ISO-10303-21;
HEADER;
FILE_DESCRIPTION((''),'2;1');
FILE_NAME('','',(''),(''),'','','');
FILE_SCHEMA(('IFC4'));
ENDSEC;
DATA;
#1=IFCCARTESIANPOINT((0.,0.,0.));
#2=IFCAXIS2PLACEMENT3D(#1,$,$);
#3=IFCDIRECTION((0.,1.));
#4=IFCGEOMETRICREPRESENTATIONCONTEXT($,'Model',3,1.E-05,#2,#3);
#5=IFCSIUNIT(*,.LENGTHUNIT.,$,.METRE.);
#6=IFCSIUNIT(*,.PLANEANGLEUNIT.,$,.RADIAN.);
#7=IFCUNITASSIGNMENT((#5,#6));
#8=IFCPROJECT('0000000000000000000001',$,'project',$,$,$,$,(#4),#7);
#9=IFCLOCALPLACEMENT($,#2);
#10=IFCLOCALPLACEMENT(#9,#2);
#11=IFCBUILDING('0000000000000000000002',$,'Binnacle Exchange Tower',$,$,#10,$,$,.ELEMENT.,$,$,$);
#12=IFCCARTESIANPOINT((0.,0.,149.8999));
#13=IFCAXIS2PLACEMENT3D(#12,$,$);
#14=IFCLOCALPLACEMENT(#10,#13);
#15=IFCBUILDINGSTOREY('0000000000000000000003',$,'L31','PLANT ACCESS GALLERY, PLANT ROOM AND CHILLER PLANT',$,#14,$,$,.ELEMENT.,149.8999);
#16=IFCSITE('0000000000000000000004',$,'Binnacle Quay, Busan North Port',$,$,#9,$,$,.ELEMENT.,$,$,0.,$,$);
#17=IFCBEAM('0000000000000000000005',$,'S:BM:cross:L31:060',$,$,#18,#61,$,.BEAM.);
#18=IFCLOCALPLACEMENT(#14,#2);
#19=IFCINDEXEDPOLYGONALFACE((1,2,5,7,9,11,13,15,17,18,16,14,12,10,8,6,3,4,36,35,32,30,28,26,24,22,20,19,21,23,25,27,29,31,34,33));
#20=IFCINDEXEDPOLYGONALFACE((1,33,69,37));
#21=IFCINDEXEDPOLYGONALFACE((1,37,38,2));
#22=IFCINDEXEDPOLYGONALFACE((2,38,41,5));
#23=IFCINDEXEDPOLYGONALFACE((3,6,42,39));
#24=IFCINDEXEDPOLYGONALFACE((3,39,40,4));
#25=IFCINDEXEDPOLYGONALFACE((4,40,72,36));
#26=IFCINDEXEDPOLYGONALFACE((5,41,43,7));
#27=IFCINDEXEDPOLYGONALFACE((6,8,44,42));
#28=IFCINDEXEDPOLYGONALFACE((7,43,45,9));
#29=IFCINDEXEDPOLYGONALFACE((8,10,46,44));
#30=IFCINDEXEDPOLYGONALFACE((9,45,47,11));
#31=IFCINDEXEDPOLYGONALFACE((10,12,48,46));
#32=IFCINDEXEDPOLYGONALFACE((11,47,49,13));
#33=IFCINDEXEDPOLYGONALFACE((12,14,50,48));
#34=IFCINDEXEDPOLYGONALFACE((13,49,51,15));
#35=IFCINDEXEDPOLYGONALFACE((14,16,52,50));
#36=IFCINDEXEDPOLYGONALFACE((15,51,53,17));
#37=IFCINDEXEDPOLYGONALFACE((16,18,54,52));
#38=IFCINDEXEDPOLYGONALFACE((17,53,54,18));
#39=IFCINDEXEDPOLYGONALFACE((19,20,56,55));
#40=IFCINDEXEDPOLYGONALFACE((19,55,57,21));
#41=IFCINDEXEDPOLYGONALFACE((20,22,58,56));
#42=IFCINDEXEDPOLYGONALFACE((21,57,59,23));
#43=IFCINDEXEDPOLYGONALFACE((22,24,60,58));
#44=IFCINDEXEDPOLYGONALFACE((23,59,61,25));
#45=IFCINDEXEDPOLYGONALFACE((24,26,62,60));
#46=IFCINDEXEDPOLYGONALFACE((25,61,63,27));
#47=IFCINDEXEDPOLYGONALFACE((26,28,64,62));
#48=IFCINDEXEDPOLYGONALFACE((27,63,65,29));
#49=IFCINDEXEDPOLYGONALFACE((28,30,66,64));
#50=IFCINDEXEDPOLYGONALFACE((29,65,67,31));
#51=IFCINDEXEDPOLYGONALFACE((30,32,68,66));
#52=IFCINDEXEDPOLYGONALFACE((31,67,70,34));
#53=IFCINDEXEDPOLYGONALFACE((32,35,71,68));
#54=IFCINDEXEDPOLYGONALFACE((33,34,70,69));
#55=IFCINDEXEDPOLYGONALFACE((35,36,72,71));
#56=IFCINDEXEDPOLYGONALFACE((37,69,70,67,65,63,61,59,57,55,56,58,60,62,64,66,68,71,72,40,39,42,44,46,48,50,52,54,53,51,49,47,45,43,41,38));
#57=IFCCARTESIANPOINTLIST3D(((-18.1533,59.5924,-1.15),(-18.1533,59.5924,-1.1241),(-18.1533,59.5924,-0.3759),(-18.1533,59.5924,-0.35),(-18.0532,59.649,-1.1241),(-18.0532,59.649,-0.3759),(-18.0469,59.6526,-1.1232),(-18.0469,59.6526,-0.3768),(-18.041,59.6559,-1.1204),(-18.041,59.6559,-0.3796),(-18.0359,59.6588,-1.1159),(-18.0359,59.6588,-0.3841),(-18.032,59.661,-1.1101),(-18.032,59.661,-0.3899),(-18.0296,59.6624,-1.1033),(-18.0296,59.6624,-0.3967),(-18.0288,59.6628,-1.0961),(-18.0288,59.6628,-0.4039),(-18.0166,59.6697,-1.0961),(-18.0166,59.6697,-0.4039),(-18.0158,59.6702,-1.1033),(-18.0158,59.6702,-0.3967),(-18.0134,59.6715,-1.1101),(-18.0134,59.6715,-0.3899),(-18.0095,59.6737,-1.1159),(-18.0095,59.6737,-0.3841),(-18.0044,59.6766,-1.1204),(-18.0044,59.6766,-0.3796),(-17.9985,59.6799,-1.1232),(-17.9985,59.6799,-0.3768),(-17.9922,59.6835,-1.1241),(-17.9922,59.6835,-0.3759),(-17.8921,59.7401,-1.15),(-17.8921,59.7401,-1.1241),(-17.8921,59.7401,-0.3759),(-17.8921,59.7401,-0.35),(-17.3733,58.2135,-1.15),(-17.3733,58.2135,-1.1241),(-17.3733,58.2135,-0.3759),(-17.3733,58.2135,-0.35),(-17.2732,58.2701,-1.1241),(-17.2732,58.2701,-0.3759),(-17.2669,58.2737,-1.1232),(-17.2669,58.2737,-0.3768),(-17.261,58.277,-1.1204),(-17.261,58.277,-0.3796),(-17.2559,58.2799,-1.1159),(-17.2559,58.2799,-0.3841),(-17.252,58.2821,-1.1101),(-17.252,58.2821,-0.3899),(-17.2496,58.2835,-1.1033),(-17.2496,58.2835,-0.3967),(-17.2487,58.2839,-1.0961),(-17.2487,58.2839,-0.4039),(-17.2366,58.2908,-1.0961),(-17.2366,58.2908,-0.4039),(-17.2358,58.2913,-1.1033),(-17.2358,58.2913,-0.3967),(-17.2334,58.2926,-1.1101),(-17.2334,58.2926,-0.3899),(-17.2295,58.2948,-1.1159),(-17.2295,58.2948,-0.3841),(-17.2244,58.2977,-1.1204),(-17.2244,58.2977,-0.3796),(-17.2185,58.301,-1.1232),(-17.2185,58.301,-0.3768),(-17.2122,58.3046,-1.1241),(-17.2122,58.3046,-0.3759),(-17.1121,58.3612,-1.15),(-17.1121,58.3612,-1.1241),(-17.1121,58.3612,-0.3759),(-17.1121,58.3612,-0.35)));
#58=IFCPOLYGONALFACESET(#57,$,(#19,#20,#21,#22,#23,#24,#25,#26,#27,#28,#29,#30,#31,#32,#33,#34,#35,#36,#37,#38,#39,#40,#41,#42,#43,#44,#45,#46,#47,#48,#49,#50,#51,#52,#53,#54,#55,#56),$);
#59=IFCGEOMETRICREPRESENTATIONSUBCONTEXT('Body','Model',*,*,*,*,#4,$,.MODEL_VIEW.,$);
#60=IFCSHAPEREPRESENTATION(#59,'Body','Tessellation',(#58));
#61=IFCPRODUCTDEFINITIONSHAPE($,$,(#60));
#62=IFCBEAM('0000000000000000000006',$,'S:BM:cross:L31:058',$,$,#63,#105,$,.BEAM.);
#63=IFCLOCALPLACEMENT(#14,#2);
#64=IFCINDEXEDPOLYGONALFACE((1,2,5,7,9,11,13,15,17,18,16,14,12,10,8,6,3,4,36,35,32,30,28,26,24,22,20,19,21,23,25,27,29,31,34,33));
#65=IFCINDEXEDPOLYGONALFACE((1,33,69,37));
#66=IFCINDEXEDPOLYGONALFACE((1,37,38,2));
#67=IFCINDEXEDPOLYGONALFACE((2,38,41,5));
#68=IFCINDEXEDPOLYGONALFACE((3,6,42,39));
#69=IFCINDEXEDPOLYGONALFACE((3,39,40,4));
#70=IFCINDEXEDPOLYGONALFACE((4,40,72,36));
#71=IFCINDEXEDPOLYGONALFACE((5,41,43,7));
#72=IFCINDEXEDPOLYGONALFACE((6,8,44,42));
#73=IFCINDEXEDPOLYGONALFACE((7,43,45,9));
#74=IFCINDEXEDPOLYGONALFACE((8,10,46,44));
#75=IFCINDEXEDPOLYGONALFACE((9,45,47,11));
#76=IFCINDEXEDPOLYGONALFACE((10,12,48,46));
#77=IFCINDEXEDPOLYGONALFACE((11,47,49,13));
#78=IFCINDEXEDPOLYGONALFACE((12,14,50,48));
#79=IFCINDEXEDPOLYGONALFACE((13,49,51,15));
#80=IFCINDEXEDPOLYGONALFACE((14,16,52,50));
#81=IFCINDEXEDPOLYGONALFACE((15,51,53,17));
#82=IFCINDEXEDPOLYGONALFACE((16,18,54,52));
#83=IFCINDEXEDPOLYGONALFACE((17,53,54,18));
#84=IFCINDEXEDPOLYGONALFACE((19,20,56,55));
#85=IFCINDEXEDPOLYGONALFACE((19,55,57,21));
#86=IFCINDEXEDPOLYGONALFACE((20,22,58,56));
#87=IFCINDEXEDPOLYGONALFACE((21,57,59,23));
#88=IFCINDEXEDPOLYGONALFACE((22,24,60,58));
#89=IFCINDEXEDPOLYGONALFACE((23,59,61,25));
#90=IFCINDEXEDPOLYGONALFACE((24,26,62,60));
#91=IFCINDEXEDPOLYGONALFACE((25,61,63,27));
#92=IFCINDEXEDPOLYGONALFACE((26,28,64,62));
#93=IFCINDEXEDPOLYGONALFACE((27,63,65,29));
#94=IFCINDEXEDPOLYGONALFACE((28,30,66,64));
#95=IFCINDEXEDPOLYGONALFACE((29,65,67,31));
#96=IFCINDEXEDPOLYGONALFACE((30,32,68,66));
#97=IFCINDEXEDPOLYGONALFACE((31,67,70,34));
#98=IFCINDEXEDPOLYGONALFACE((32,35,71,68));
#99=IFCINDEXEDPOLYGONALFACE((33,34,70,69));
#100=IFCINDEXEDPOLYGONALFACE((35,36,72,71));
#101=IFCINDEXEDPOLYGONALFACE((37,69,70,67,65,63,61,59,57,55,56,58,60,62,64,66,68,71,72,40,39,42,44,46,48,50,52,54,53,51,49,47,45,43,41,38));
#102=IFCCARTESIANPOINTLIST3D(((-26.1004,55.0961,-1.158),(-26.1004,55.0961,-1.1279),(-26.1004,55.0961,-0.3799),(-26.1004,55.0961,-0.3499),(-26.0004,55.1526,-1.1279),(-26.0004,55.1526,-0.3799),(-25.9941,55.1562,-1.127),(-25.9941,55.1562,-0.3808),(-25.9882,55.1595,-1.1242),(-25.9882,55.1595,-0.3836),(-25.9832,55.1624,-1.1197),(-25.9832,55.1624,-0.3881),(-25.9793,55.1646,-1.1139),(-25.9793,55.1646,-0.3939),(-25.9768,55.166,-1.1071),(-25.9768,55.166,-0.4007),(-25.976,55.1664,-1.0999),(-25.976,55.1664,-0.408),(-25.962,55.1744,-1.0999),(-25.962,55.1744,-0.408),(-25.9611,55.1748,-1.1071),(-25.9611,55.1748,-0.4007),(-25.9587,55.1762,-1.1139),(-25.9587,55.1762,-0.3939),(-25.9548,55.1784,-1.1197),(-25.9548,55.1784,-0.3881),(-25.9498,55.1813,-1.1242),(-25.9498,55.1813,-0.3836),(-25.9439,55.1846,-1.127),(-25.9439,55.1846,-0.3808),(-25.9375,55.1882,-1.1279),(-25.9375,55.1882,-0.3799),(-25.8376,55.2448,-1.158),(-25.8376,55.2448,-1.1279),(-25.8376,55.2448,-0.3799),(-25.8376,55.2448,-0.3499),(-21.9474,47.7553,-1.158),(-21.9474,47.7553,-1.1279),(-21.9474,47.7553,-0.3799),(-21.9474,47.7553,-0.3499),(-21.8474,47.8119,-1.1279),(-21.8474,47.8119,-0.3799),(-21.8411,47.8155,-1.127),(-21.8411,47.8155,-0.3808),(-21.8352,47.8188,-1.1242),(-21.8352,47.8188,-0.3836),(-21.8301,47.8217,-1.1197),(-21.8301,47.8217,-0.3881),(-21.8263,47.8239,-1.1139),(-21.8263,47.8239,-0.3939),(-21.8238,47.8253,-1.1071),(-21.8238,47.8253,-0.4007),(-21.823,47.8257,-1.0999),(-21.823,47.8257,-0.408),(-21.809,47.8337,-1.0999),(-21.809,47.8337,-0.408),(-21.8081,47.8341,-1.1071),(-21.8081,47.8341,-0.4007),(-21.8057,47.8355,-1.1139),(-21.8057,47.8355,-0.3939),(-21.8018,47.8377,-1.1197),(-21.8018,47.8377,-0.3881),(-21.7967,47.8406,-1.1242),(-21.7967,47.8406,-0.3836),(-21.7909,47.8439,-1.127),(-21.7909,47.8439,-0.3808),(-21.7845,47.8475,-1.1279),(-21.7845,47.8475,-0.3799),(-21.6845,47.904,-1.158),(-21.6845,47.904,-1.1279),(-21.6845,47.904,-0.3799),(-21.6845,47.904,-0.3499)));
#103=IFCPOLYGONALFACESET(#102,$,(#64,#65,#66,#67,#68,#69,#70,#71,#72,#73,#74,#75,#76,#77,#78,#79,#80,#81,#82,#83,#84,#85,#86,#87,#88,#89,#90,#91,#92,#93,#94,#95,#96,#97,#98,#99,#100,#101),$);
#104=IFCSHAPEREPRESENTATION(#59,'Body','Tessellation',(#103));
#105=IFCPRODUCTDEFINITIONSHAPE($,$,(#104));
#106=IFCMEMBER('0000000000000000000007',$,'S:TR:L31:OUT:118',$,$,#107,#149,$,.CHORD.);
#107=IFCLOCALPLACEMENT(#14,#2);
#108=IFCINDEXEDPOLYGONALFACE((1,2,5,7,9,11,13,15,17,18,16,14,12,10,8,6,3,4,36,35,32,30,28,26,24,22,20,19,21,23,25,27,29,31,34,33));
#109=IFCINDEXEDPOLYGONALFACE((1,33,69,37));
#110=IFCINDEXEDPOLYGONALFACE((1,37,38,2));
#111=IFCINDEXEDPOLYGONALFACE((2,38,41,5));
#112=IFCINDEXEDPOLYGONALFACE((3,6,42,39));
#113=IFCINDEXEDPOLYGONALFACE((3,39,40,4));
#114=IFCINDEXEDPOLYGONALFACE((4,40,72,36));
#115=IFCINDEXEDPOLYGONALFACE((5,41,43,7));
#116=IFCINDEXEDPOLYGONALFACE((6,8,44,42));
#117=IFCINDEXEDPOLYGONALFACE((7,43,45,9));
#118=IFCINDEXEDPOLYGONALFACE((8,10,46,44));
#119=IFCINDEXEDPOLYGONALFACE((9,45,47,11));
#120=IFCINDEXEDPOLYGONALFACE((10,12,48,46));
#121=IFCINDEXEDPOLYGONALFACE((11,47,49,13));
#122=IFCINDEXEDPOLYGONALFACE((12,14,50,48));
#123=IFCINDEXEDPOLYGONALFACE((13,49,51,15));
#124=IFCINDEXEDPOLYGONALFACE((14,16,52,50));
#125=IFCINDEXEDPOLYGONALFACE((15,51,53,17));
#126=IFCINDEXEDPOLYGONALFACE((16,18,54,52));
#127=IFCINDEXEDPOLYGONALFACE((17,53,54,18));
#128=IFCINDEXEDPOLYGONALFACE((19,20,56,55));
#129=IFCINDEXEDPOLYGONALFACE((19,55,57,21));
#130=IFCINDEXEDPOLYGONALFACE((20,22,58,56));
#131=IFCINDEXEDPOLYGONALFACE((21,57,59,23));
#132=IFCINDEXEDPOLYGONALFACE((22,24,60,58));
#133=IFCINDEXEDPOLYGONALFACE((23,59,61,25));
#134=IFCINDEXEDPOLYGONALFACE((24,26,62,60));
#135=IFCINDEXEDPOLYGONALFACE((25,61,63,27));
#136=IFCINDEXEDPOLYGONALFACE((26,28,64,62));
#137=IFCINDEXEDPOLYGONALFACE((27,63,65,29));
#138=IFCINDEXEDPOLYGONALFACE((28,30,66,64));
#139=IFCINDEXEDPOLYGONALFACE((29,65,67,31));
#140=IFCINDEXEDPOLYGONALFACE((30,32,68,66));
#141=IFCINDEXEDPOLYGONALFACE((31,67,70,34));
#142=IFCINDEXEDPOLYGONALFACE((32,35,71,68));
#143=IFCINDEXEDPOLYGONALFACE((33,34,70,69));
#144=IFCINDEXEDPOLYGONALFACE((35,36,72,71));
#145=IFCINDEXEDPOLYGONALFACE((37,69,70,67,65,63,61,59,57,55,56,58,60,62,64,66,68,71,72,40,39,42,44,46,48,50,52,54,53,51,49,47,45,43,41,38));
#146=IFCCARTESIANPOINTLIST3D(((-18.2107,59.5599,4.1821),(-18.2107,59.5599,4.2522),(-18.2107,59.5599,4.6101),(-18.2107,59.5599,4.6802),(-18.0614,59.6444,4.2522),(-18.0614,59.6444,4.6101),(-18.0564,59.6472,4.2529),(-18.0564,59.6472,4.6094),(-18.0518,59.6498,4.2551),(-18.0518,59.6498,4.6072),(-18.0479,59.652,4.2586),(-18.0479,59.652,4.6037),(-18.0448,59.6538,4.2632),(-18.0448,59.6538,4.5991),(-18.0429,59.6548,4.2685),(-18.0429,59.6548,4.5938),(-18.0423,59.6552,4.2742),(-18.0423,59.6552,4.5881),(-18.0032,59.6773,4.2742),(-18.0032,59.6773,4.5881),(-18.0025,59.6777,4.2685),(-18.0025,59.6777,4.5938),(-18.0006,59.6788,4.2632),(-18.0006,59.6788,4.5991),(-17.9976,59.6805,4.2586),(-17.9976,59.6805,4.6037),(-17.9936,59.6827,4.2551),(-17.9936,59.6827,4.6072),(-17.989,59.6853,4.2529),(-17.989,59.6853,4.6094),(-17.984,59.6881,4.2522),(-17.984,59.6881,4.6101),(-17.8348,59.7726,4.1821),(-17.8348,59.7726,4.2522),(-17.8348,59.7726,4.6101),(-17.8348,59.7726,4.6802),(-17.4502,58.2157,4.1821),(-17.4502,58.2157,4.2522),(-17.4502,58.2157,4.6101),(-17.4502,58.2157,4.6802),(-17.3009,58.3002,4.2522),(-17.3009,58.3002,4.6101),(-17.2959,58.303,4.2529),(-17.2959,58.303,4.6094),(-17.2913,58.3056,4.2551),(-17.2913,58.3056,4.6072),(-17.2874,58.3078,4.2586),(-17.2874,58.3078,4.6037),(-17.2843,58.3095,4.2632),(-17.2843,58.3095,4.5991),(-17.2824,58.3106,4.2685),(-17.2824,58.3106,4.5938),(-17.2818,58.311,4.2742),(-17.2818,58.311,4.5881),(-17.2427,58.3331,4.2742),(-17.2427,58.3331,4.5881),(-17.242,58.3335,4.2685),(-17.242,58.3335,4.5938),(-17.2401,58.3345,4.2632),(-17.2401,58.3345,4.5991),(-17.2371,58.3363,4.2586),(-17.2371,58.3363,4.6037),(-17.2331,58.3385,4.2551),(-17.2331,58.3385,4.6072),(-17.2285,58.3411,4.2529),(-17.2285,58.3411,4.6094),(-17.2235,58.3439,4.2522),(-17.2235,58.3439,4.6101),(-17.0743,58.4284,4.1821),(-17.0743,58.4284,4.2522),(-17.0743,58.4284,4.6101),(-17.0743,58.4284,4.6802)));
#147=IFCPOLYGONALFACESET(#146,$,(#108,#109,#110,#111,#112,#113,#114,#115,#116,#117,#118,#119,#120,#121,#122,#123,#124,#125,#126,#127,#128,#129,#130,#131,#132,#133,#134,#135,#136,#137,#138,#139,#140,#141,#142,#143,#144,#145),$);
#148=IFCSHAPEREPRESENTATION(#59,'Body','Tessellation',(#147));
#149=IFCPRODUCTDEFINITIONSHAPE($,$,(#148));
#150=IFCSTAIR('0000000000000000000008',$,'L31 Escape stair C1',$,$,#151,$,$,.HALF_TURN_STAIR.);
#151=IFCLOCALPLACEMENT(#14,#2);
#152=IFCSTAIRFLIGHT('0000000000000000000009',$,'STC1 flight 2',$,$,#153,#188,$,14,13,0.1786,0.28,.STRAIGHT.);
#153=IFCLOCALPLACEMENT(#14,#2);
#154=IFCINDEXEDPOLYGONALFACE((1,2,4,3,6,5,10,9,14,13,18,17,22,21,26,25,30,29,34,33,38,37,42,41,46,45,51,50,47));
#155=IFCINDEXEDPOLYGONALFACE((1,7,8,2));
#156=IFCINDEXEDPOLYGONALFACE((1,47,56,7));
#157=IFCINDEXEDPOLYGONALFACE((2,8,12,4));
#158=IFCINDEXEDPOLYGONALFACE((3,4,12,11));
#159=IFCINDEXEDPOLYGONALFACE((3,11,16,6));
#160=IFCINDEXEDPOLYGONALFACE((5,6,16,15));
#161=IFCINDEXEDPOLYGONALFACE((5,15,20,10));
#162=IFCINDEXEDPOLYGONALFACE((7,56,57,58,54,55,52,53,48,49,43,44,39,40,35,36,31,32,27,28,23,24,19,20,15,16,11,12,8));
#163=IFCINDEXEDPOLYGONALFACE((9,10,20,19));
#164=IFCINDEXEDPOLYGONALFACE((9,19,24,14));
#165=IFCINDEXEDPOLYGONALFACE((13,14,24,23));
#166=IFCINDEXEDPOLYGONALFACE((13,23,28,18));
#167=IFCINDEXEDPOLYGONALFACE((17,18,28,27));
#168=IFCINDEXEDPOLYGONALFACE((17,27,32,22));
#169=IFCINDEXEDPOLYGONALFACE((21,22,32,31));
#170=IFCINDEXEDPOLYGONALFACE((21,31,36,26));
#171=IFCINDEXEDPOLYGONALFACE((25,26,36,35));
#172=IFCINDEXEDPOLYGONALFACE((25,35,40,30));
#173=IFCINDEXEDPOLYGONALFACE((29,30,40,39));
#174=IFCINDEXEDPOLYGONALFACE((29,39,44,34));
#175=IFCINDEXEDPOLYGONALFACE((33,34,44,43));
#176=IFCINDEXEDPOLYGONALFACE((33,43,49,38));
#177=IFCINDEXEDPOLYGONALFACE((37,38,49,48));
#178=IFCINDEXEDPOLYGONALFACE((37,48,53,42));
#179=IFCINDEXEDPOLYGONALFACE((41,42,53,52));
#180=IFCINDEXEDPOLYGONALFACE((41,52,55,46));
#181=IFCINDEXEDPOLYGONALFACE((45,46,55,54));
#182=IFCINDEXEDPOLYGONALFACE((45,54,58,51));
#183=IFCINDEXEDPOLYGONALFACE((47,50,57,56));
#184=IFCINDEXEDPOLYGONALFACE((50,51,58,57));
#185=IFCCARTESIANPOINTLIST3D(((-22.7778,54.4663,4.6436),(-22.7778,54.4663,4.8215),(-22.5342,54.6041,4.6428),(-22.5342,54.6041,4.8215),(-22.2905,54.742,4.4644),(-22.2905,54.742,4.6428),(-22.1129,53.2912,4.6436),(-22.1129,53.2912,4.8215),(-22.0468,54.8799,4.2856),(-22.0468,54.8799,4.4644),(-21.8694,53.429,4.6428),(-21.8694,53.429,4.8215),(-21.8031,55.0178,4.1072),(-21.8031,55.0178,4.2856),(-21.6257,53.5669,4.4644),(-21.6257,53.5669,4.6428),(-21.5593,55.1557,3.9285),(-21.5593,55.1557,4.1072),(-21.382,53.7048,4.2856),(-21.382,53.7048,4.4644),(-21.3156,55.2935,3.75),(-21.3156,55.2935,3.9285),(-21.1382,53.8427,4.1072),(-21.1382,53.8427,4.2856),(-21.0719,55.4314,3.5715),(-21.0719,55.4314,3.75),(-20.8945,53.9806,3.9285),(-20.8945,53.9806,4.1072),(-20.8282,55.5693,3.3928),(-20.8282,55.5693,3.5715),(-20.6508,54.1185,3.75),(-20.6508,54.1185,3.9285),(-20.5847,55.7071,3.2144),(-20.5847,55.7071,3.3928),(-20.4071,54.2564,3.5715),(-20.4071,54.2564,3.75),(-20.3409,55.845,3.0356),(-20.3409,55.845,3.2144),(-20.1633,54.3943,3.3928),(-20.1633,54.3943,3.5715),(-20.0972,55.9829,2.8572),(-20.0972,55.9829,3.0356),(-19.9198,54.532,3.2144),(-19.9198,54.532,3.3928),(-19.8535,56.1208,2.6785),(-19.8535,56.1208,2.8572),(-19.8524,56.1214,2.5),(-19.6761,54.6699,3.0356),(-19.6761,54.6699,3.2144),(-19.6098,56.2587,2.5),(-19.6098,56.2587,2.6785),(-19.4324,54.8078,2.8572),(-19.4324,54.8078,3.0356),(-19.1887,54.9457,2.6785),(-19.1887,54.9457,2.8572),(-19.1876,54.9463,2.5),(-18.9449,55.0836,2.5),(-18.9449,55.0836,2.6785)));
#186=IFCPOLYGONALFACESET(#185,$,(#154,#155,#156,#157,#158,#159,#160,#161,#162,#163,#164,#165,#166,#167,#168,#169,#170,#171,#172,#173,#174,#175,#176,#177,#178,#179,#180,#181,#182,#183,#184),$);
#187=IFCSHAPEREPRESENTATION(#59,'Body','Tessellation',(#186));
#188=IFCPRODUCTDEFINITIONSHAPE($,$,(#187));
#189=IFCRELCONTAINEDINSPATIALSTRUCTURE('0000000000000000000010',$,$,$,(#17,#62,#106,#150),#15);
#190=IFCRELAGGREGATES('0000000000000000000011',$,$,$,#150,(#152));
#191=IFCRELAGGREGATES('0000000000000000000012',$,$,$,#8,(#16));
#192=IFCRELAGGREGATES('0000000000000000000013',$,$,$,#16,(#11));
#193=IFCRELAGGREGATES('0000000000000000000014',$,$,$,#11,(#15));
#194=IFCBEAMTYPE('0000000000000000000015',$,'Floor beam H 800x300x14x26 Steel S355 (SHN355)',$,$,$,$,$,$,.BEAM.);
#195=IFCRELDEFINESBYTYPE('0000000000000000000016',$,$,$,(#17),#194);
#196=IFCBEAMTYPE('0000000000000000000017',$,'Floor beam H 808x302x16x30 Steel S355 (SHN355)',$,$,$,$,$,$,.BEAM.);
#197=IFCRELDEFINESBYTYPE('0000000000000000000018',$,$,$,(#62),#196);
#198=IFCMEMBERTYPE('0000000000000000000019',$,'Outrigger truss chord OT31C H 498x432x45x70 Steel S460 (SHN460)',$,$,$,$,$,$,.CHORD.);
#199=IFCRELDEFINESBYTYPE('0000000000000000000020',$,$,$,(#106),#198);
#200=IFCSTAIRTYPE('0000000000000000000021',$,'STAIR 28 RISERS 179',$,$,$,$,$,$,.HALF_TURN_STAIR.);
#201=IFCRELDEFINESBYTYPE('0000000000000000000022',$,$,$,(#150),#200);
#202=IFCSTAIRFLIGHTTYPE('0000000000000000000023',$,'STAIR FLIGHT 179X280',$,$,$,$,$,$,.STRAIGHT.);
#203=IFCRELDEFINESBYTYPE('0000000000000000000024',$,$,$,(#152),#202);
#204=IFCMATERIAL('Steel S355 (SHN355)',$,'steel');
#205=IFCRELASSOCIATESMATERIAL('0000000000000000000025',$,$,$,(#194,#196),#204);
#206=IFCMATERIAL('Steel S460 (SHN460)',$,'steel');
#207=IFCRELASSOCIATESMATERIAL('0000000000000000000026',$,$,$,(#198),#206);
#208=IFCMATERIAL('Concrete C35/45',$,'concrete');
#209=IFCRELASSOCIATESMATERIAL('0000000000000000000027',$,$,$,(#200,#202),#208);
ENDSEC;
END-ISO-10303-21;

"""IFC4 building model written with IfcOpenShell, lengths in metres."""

from ifc_helpers import new_model, si_unit, direction, frame, origin, origin_2d, place, context, subcontext, project, spatial, polyline, i_section, outline, extrude, material, material_profile, profile_set, type_object, element, aggregate, save


model = new_model("IFC4")

# Units and contexts
model_context = context("Model", 3, precision=1e-05, world=origin(), true_north=direction((0.0, 1.0)))
body_context = subcontext(model_context, "Body", "Model", "MODEL_VIEW")
ifc_project = project(units=[si_unit("LENGTHUNIT", "METRE"), si_unit("PLANEANGLEUNIT", "RADIAN")], contexts=[model_context])

# Site, building, storey
site_placement = place(None, origin())
site = spatial("IfcSite", under=ifc_project, at=site_placement, Name="Binnacle Quay, Busan North Port", CompositionType="ELEMENT", RefElevation=0.0)
building_placement = place(site_placement, origin())
building = spatial("IfcBuilding", under=site, at=building_placement, Name="Binnacle Exchange Tower", CompositionType="ELEMENT")
storey_placement = place(building_placement, frame((0.0, 0.0, 149.8999)))
storey = spatial("IfcBuildingStorey", under=building, at=storey_placement, Name="L31", Description="PLANT ACCESS GALLERY, PLANT ROOM AND CHILLER PLANT", CompositionType="ELEMENT", Elevation=149.8999)

# Shared definitions
ifc_material_1 = material(Name="Steel S460 (SHN460)", Category="steel")
ifc_material_2 = material(Name="Steel S355 (SHN355)", Category="steel")

# Beams
ifc_material_profile_1 = material_profile(ifc_material_2, i_section(OverallWidth=0.3, OverallDepth=0.8, WebThickness=0.0139, FlangeThickness=0.0259, FilletRadius=0.0281, at=origin_2d()), Name="H 800x300x14x26")
ifc_profile_set_1 = profile_set([ifc_material_profile_1], Name="Steel S355 (SHN355)")
beam_type_1 = type_object("IfcBeamType", Name="Floor beam H 800x300x14x26 Steel S355 (SHN355)", PredefinedType="BEAM", material=ifc_profile_set_1)
beam_1_placement = place(storey_placement, frame((-18.0227, 59.6663, -0.75), z_axis=(0.492367, -0.870388, 0.0), x_axis=(0.870388, 0.492367, 0.0)))
element("IfcBeam", 1, at=beam_1_placement, inside=storey, type_object=beam_type_1, Name="S:BM:cross:L31:060", PredefinedType="BEAM", context=body_context, shape_type="SweptSolid", body=[
    extrude(i_section(OverallWidth=0.3, OverallDepth=0.8, WebThickness=0.0139, FlangeThickness=0.0259, FilletRadius=0.0281, at=origin_2d()), origin(), (0.0, 0.0, 1.0), 1.5842),
])
ifc_material_profile_2 = material_profile(ifc_material_2, i_section(OverallWidth=0.302, OverallDepth=0.8081, WebThickness=0.0161, FlangeThickness=0.03, FilletRadius=0.0281, at=origin_2d()), Name="H 808x302x16x30")
ifc_profile_set_2 = profile_set([ifc_material_profile_2], Name="Steel S355 (SHN355)")
beam_type_2 = type_object("IfcBeamType", Name="Floor beam H 808x302x16x30 Steel S355 (SHN355)", PredefinedType="BEAM", material=ifc_profile_set_2)
beam_2_placement = place(storey_placement, frame((-25.969, 55.1704, -0.7539), z_axis=(0.492409, -0.870364, 0.0), x_axis=(0.870364, 0.492409, 0.0)))
element("IfcBeam", 2, at=beam_2_placement, inside=storey, type_object=beam_type_2, Name="S:BM:cross:L31:058", PredefinedType="BEAM", context=body_context, shape_type="SweptSolid", body=[
    extrude(i_section(OverallWidth=0.302, OverallDepth=0.8081, WebThickness=0.0161, FlangeThickness=0.03, FilletRadius=0.0281, at=origin_2d()), origin(), (0.0, 0.0, 1.0), 8.4341),
])

# Member
ifc_material_profile_3 = material_profile(ifc_material_1, i_section(OverallWidth=0.4319, OverallDepth=0.498, WebThickness=0.0449, FlangeThickness=0.0701, FilletRadius=0.022, at=origin_2d()), Name="H 498x432x45x70")
ifc_profile_set_3 = profile_set([ifc_material_profile_3], Name="Steel S460 (SHN460)")
member_type_1 = type_object("IfcMemberType", Name="Outrigger truss chord OT31C H 498x432x45x70 Steel S460 (SHN460)", PredefinedType="CHORD", material=ifc_profile_set_3)
member_placement = place(storey_placement, frame((-18.0227, 59.6663, 4.4312), z_axis=(0.492406, -0.870366, 0.0), x_axis=(0.870366, 0.492406, 0.0)))
element("IfcMember", 3, at=member_placement, inside=storey, type_object=member_type_1, Name="S:TR:L31:OUT:118", PredefinedType="CHORD", context=body_context, shape_type="SweptSolid", body=[
    extrude(i_section(OverallWidth=0.4319, OverallDepth=0.498, WebThickness=0.0449, FlangeThickness=0.0701, FilletRadius=0.022, at=origin_2d()), origin(), (0.0, 0.0, 1.0), 1.5444),
])

# Stair, stair flight
ifc_material_3 = material(Name="Concrete C35/45", Category="concrete")
stair_type = type_object("IfcStairType", Name="STAIR 28 RISERS 179", PredefinedType="HALF_TURN_STAIR", material=ifc_material_3)
stair_placement = place(storey_placement, origin())
stair = element("IfcStair", 4, at=stair_placement, inside=storey, type_object=stair_type, Name="L31 Escape stair C1", PredefinedType="HALF_TURN_STAIR")
stair_flight_type = type_object("IfcStairFlightType", Name="STAIR FLIGHT 179X280", PredefinedType="STRAIGHT", material=ifc_material_3)
stair_flight_placement = place(storey_placement, frame((-19.2773, 55.6711, 2.5), z_axis=(0.0, 0.0, 1.0), x_axis=(-0.870356, -0.492424, 0.0)))
stair_flight = element("IfcStairFlight", 5, at=stair_flight_placement, type_object=stair_flight_type, Name="STC1 flight 2", NumberOfRisers=14, NumberOfTreads=13, PredefinedType="STRAIGHT", RiserHeight=0.1786, TreadLength=0.28, context=body_context, shape_type="SweptSolid", body=[
    extrude(outline(polyline([(0.0, 0.0), (0.0, 0.1785), (0.28, 0.1785), (0.28, 0.3572), (0.5601, 0.3572), (0.5601, 0.5356), (0.8401, 0.5356), (0.8401, 0.7144), (1.1201, 0.7144), (1.1201, 0.8928), (1.3999, 0.8928), (1.3999, 1.0715), (1.6799, 1.0715), (1.6799, 1.25), (1.96, 1.25), (1.96, 1.4285), (2.24, 1.4285), (2.24, 1.6072), (2.52, 1.6072), (2.52, 1.7856), (2.8, 1.7856), (2.8, 1.9644), (3.0801, 1.9644), (3.0801, 2.1428), (3.3601, 2.1428), (3.3601, 2.3215), (3.6399, 2.3215), (3.6399, 2.5), (3.6399, 2.1436), (0.2788, 0.0), (0.0, 0.0)])), frame((0.0, 0.675, 0.0), z_axis=(0.0, -1.0, 0.0), x_axis=(1.0, 0.0, 0.0)), (0.0, 0.0, 1.0), 1.3501),
])
aggregate(stair, [stair_flight])

save(model, "model.ifc")
